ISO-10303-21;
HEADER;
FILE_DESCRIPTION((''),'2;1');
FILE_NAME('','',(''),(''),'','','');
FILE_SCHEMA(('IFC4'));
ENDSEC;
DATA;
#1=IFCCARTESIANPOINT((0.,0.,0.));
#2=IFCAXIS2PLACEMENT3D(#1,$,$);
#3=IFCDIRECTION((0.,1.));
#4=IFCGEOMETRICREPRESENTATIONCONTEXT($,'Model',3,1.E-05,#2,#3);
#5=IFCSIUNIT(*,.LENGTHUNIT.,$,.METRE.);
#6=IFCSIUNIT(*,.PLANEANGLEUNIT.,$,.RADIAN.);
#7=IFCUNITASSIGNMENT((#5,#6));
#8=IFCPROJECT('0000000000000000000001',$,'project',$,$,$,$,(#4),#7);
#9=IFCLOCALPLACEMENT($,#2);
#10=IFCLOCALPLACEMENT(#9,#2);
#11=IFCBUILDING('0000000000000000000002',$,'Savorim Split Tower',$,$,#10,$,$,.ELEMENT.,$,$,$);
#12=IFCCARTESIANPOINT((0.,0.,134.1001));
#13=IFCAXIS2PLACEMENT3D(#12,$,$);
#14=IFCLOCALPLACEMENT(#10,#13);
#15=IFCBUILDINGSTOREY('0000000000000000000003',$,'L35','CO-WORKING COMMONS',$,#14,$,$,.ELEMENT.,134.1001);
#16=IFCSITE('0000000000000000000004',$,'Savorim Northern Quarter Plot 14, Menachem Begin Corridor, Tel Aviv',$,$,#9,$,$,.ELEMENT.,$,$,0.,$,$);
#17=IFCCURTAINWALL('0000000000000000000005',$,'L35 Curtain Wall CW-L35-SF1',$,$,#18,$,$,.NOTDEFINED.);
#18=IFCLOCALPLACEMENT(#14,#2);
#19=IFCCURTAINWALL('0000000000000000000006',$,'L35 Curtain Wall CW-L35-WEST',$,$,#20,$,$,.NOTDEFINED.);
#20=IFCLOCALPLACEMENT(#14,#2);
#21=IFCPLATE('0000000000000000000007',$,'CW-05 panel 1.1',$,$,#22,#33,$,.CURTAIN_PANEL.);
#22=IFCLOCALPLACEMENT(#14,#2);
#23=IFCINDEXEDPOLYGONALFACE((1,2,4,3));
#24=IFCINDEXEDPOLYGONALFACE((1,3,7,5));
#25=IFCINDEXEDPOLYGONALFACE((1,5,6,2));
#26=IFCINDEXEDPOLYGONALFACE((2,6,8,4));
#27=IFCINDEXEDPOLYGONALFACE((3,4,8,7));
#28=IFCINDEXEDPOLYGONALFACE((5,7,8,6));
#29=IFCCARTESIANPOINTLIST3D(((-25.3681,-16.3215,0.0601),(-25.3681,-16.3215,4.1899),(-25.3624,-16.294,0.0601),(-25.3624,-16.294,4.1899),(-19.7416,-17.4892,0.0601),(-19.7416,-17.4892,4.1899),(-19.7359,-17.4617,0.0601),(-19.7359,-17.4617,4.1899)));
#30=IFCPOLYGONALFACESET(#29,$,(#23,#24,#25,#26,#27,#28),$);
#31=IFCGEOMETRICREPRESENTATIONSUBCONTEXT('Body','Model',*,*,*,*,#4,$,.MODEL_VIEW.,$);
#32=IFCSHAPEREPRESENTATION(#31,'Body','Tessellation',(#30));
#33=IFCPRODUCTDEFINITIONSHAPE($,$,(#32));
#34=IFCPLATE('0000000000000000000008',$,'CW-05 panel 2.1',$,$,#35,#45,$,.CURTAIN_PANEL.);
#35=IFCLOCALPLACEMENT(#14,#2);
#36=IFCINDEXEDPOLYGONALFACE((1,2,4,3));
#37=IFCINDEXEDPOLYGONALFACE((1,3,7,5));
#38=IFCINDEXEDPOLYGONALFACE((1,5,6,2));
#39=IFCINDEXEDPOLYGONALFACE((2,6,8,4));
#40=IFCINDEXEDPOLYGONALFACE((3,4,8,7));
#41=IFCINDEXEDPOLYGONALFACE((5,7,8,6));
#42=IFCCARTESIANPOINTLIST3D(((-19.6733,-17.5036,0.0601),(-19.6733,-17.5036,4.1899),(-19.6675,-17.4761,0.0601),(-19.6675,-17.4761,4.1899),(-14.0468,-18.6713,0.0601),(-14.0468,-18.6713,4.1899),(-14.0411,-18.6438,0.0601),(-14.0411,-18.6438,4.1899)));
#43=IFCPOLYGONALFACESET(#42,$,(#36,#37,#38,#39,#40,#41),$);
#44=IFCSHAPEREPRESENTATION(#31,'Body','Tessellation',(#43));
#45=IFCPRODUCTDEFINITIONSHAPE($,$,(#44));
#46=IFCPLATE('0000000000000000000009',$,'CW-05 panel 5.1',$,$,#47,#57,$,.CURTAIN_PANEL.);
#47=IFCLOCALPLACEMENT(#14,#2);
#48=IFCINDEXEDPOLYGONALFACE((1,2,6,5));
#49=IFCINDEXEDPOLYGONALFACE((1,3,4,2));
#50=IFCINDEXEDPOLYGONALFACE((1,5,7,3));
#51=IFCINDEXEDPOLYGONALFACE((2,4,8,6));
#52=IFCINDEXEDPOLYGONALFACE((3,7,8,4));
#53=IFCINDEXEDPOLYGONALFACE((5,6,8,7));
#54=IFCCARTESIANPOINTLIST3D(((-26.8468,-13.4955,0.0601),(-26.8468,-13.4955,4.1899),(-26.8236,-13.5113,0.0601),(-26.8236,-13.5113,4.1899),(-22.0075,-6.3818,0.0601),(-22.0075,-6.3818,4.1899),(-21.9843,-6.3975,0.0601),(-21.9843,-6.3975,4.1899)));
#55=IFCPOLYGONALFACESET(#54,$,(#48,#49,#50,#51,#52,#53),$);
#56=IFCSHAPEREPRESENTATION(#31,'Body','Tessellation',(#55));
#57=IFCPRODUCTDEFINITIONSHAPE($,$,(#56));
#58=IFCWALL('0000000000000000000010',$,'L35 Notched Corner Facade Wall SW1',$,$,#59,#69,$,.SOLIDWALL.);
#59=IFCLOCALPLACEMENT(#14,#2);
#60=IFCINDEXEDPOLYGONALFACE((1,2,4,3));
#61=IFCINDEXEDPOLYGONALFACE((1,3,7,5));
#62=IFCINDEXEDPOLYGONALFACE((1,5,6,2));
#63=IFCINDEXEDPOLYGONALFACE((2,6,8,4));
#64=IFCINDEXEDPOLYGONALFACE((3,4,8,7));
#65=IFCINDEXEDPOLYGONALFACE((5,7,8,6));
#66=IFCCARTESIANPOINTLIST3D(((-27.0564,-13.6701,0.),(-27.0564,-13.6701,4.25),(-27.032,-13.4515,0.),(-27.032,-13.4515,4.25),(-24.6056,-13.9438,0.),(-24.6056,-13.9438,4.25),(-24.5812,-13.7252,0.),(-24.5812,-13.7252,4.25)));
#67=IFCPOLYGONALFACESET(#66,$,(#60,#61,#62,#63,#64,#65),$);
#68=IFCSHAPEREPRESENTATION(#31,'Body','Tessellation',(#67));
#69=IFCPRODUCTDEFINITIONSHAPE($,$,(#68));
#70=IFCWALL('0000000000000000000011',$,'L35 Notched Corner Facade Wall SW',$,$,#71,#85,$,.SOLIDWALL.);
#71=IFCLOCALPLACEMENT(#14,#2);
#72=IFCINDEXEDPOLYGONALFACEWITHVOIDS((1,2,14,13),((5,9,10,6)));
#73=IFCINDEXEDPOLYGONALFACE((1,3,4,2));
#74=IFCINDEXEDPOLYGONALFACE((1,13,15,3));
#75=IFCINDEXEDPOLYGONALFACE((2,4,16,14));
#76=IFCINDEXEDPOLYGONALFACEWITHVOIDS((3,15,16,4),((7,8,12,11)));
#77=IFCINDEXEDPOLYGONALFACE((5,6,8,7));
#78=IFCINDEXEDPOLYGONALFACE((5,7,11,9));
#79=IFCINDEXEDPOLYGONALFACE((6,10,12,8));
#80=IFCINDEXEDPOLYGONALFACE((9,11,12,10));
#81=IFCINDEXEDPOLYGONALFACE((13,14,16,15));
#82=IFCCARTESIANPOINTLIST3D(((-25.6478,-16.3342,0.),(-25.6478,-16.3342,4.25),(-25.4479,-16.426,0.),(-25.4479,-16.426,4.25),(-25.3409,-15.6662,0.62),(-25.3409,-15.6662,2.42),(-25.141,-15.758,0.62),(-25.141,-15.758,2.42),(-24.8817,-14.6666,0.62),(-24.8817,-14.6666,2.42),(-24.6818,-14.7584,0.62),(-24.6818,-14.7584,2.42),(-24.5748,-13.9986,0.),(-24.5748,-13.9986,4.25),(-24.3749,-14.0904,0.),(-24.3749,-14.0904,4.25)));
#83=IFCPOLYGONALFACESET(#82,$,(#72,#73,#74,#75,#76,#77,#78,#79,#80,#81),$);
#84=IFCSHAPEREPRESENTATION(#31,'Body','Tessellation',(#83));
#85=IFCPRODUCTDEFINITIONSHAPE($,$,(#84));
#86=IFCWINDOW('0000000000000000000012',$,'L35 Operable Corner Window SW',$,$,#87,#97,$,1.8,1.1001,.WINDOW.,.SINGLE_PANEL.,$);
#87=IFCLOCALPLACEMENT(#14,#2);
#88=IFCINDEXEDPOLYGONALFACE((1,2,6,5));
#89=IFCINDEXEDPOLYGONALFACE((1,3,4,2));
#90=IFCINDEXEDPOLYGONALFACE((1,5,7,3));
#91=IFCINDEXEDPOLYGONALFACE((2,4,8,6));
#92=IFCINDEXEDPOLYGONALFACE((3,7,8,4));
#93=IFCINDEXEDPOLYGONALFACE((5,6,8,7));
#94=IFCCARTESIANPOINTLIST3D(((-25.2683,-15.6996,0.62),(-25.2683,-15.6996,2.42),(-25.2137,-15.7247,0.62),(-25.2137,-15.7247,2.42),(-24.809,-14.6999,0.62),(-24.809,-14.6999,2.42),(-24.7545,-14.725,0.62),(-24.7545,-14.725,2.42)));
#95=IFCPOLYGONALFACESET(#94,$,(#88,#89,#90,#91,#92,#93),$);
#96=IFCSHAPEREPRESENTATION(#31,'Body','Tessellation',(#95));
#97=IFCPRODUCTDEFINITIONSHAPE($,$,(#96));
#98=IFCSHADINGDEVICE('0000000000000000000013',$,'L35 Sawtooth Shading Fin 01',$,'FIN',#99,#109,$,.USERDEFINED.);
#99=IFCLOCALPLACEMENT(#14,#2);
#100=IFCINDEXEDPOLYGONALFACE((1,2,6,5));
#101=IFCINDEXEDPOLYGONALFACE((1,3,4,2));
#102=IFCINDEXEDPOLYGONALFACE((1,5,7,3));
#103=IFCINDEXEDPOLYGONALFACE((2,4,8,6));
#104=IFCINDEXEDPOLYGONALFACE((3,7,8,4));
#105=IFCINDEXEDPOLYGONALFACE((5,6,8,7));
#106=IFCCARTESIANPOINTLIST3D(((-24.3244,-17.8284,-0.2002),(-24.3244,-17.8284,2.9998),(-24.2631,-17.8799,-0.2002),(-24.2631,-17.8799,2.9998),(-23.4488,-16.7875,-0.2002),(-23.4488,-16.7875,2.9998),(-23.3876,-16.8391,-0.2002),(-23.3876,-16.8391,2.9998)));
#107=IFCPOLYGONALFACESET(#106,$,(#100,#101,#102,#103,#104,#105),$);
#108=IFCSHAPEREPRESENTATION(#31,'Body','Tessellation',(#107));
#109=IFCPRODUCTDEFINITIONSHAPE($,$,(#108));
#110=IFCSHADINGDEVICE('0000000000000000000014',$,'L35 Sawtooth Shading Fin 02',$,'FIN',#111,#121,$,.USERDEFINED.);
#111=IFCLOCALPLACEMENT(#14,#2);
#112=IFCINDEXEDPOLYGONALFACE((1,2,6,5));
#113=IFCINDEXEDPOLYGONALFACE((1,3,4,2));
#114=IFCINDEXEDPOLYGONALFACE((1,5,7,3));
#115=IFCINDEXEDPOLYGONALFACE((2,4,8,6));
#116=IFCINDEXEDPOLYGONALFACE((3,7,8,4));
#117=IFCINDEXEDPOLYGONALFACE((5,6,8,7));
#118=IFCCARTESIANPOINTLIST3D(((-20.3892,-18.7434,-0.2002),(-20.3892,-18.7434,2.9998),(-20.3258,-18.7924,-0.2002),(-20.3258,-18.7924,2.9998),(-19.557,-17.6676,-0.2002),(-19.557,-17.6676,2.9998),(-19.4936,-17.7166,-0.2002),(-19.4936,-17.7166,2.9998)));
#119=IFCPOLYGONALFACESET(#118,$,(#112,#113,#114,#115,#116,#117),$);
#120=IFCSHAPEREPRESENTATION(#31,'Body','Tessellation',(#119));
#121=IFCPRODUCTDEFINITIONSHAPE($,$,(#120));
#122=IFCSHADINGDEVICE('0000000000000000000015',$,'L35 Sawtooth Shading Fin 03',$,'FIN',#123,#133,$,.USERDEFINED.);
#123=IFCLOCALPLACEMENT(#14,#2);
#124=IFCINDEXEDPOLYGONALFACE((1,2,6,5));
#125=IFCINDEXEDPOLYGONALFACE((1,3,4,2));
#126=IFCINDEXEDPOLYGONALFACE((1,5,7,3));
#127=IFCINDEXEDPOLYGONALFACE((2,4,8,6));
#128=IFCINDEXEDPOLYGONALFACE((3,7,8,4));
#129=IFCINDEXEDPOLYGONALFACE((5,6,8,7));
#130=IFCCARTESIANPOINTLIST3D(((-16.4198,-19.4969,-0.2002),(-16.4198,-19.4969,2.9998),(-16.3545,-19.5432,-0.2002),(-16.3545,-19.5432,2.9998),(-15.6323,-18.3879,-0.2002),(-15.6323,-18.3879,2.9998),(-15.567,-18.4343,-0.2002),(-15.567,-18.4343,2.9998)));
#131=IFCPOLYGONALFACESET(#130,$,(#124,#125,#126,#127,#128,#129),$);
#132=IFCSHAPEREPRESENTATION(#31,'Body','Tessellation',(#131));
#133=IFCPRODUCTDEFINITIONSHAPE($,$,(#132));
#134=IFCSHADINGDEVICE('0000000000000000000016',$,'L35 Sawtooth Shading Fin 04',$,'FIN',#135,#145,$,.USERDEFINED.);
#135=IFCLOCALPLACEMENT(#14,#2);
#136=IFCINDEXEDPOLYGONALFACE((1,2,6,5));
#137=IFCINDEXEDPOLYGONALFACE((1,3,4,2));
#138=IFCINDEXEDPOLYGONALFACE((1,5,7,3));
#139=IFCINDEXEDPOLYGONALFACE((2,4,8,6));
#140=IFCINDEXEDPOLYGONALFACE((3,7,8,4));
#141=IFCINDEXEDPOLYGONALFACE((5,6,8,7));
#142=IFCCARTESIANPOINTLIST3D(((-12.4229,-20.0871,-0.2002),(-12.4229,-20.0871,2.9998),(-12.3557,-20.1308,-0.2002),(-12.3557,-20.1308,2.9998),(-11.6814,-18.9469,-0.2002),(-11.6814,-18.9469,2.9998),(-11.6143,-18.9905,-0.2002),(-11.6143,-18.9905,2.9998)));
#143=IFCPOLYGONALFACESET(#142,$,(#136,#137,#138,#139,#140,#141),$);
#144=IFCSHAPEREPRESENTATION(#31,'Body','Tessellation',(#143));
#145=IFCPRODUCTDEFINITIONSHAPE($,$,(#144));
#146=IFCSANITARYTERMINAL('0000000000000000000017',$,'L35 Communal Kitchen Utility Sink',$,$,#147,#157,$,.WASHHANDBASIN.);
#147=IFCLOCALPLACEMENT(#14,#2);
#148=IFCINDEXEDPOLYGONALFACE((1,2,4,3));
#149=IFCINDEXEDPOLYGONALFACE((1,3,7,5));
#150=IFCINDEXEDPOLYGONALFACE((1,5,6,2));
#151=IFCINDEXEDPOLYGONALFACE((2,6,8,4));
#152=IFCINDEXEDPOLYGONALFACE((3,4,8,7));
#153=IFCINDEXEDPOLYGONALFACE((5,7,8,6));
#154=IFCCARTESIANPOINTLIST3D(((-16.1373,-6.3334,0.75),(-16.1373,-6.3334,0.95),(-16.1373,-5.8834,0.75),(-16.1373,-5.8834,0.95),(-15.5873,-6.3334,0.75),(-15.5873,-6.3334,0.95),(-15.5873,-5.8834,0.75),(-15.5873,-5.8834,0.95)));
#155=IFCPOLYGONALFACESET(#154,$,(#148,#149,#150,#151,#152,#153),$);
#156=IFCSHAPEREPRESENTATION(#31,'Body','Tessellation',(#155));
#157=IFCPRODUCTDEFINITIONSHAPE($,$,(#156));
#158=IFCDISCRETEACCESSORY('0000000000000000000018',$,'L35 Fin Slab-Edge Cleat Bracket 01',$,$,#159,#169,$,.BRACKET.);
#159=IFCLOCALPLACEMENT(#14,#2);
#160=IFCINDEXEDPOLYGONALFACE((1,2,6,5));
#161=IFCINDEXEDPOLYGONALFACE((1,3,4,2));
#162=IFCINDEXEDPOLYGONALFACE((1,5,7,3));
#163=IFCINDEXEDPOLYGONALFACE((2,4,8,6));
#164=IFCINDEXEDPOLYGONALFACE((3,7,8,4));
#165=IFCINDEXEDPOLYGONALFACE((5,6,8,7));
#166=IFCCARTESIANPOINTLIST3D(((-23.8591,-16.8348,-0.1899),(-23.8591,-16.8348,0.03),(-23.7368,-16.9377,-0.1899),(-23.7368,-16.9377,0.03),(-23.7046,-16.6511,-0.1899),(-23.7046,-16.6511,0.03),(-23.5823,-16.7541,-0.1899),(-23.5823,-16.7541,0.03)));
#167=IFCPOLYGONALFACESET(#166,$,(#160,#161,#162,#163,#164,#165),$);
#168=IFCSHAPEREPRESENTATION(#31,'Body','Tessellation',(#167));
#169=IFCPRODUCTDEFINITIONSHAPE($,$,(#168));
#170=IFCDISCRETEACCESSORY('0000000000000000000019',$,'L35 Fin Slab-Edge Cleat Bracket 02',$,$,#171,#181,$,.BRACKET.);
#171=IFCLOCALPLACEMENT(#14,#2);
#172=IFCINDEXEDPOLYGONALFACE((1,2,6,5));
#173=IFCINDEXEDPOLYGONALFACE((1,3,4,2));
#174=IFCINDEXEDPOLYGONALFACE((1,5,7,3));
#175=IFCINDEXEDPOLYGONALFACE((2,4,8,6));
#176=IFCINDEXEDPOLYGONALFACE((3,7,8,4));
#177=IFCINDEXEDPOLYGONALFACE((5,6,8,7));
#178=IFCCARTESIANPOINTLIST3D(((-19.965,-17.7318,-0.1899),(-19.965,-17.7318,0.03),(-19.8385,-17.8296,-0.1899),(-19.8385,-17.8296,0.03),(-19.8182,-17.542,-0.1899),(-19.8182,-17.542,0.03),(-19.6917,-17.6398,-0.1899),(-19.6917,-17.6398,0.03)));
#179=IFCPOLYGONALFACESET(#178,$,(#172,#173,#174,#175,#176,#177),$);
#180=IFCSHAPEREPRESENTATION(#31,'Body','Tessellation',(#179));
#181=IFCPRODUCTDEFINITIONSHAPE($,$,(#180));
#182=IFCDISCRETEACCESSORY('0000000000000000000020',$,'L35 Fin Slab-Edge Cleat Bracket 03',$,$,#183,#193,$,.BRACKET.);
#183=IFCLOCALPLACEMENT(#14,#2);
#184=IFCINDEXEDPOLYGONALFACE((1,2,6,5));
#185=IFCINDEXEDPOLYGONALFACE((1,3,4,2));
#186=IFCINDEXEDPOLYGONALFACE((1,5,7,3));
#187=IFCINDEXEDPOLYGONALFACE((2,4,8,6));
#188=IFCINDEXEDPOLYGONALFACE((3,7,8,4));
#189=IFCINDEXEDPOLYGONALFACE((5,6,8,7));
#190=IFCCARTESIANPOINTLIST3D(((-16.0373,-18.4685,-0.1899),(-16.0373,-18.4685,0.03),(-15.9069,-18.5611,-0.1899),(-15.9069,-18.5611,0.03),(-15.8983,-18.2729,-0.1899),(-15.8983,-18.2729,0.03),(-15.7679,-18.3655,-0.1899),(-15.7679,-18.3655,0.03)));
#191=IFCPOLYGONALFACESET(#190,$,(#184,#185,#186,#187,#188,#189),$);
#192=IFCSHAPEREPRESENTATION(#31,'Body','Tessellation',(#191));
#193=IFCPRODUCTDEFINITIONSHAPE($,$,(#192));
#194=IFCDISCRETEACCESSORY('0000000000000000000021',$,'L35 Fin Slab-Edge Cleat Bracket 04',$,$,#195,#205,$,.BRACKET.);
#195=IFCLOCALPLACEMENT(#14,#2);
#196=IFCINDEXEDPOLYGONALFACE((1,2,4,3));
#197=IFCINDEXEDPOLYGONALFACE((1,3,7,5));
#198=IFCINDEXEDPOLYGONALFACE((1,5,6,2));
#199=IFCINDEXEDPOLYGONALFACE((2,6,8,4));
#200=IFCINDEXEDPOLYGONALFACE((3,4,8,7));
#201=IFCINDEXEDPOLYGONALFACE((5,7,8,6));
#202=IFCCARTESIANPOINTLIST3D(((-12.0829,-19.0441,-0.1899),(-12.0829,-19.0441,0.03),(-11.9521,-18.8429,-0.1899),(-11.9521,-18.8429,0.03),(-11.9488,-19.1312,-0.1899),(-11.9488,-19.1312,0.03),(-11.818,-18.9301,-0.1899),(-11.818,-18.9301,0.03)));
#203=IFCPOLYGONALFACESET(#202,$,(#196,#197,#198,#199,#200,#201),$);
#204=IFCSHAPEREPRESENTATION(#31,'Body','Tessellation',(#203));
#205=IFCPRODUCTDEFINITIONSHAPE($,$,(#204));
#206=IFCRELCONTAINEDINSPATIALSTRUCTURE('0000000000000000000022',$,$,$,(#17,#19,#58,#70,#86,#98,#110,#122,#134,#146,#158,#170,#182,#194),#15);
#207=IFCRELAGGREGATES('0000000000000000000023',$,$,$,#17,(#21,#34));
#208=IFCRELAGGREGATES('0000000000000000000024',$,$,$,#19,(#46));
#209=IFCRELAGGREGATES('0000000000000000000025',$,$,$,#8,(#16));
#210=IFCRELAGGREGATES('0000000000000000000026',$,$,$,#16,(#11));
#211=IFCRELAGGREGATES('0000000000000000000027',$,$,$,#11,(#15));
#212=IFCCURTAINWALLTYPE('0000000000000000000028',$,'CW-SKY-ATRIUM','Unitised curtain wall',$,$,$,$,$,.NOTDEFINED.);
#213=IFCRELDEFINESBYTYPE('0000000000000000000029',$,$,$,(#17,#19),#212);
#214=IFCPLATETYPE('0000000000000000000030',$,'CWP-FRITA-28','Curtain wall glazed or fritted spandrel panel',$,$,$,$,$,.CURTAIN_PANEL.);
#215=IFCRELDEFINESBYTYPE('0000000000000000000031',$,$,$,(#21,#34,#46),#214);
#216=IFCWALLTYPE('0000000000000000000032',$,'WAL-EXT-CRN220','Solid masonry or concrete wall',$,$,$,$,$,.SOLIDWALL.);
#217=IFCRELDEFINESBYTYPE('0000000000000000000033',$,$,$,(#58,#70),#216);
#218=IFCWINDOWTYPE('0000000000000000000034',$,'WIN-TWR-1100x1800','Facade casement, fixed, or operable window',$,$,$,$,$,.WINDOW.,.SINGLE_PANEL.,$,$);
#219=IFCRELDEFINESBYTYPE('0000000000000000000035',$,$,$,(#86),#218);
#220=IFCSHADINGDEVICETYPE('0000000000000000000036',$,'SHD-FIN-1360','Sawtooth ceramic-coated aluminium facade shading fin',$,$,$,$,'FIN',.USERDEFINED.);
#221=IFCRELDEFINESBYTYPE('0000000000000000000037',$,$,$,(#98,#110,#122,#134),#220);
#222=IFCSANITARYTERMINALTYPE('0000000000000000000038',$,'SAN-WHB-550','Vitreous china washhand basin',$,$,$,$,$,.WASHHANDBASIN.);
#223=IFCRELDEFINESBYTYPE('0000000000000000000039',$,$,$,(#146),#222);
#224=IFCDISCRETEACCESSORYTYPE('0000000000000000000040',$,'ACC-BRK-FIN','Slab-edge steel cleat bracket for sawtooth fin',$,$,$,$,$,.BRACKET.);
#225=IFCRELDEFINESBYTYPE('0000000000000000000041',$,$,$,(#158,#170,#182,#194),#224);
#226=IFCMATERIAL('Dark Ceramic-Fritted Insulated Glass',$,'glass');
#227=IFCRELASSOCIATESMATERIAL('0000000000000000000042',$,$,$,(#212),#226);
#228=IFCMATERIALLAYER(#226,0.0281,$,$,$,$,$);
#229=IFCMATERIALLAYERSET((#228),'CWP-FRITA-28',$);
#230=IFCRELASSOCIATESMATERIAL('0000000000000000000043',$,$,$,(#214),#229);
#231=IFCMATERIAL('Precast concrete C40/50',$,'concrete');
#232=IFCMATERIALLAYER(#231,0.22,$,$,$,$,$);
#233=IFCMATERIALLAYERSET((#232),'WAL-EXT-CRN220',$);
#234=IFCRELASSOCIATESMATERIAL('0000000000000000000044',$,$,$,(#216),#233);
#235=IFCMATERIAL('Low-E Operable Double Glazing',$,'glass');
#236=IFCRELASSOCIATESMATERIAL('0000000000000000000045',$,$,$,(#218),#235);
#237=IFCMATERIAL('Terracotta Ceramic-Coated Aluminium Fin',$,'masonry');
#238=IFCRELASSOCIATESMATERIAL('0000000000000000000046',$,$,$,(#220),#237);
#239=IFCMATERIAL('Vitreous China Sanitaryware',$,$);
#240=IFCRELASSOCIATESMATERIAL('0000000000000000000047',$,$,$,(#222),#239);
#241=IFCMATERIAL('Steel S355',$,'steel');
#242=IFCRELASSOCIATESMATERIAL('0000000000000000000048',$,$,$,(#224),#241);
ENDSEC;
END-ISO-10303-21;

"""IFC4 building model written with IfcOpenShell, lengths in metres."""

from ifc_helpers import new_model, si_unit, direction, frame, frame_2d, origin, origin_2d, place, context, subcontext, project, spatial, rectangle, extrude, material, layer, layer_set, type_object, element, fill, aggregate, save


model = new_model("IFC4")

# Units and contexts
model_context = context("Model", 3, precision=1e-05, world=origin(), true_north=direction((0.0, 1.0)))
body_context = subcontext(model_context, "Body", "Model", "MODEL_VIEW")
ifc_project = project(units=[si_unit("LENGTHUNIT", "METRE"), si_unit("PLANEANGLEUNIT", "RADIAN")], contexts=[model_context])

# Site, building, storey
site_placement = place(None, origin())
site = spatial("IfcSite", under=ifc_project, at=site_placement, Name="Savorim Northern Quarter Plot 14, Menachem Begin Corridor, Tel Aviv", CompositionType="ELEMENT", RefElevation=0.0)
building_placement = place(site_placement, origin())
building = spatial("IfcBuilding", under=site, at=building_placement, Name="Savorim Split Tower", CompositionType="ELEMENT")
storey_placement = place(building_placement, frame((0.0, 0.0, 134.1001)))
storey = spatial("IfcBuildingStorey", under=building, at=storey_placement, Name="L35", Description="CO-WORKING COMMONS", CompositionType="ELEMENT", Elevation=134.1001)

# Shared definitions
ifc_material_1 = material(Name="Steel S355", Category="steel")

# Curtain wall
ifc_material_2 = material(Name="Dark Ceramic-Fritted Insulated Glass", Category="glass")
curtain_wall_type = type_object("IfcCurtainWallType", Name="CW-SKY-ATRIUM", Description="Unitised curtain wall", PredefinedType="NOTDEFINED", material=ifc_material_2)
curtain_wall_1_placement = place(storey_placement, origin())
curtain_wall_1 = element("IfcCurtainWall", 1, at=curtain_wall_1_placement, inside=storey, type_object=curtain_wall_type, Name="L35 Curtain Wall CW-L35-SF1", PredefinedType="NOTDEFINED")

# Curtain wall
curtain_wall_2_placement = place(storey_placement, origin())
curtain_wall_2 = element("IfcCurtainWall", 2, at=curtain_wall_2_placement, inside=storey, type_object=curtain_wall_type, Name="L35 Curtain Wall CW-L35-WEST", PredefinedType="NOTDEFINED")

# Plates
ifc_layer_1 = layer(ifc_material_2, 0.0281)
ifc_layer_set_1 = layer_set([ifc_layer_1], Name="CWP-FRITA-28")
plate_type = type_object("IfcPlateType", Name="CWP-FRITA-28", Description="Curtain wall glazed or fritted spandrel panel", PredefinedType="CURTAIN_PANEL", material=ifc_layer_set_1)
plate_1_placement = place(storey_placement, frame((-22.552, -16.8916, 0.0601), z_axis=(0.0, 0.0, 1.0), x_axis=(0.979135, -0.20321, 0.0)))
plate_1 = element("IfcPlate", 3, at=plate_1_placement, type_object=plate_type, Name="CW-05 panel 1.1", PredefinedType="CURTAIN_PANEL", context=body_context, shape_type="SweptSolid", body=[
    extrude(rectangle(XDim=5.7463, YDim=0.0281, at=origin_2d()), origin(), (0.0, 0.0, 1.0), 4.1299),
])
plate_2_placement = place(storey_placement, frame((-16.8572, -18.0737, 0.0601), z_axis=(0.0, 0.0, 1.0), x_axis=(0.979135, -0.20321, 0.0)))
plate_2 = element("IfcPlate", 4, at=plate_2_placement, type_object=plate_type, Name="CW-05 panel 2.1", PredefinedType="CURTAIN_PANEL", context=body_context, shape_type="SweptSolid", body=[
    extrude(rectangle(XDim=5.7463, YDim=0.0281, at=origin_2d()), origin(), (0.0, 0.0, 1.0), 4.1299),
])
aggregate(curtain_wall_1, [plate_1, plate_2])
plate_3_placement = place(storey_placement, frame((-24.4155, -9.9465, 0.0601), z_axis=(0.0, 0.0, 1.0), x_axis=(-0.562467, -0.82682, 0.0)))
plate_3 = element("IfcPlate", 5, at=plate_3_placement, type_object=plate_type, Name="CW-05 panel 5.1", PredefinedType="CURTAIN_PANEL", context=body_context, shape_type="SweptSolid", body=[
    extrude(rectangle(XDim=8.6038, YDim=0.0281, at=origin_2d()), origin(), (0.0, 0.0, 1.0), 4.1299),
])
aggregate(curtain_wall_2, [plate_3])

# Wall
ifc_material_3 = material(Name="Precast concrete C40/50", Category="concrete")
ifc_layer_2 = layer(ifc_material_3, 0.22)
ifc_layer_set_2 = layer_set([ifc_layer_2], Name="WAL-EXT-CRN220")
wall_type = type_object("IfcWallType", Name="WAL-EXT-CRN220", Description="Solid masonry or concrete wall", PredefinedType="SOLIDWALL", material=ifc_layer_set_2)
wall_1_placement = place(storey_placement, frame((-24.5935, -13.8345, 0.0), z_axis=(0.0, 0.0, 1.0), x_axis=(-0.993823, 0.110975, 0.0)))
element("IfcWall", 6, at=wall_1_placement, inside=storey, type_object=wall_type, Name="L35 Notched Corner Facade Wall SW1", PredefinedType="SOLIDWALL", context=body_context, shape_type="SweptSolid", body=[
    extrude(rectangle(XDim=2.4661, YDim=0.22, at=frame_2d((1.2329, 0.0))), origin(), (0.0, 0.0, 1.0), 4.25),
])

# Wall, opening, window
wall_2_placement = place(storey_placement, frame((-25.5479, -16.3801, 0.0), z_axis=(0.0, 0.0, 1.0), x_axis=(0.417449, 0.9087, 0.0)))
wall_2 = element("IfcWall", 7, at=wall_2_placement, inside=storey, type_object=wall_type, Name="L35 Notched Corner Facade Wall SW", PredefinedType="SOLIDWALL", context=body_context, shape_type="SweptSolid", body=[
    extrude(rectangle(XDim=2.5703, YDim=0.22, at=frame_2d((1.2852, 0.0))), origin(), (0.0, 0.0, 1.0), 4.25),
])
opening_placement = place(wall_2_placement, frame((0.7351, 0.0, 0.6201)))
opening = element("IfcOpeningElement", 8, at=opening_placement, cuts=wall_2, PredefinedType="OPENING", context=body_context, shape_type="SweptSolid", body=[
    extrude(rectangle(XDim=1.1001, YDim=1.8, at=frame_2d((0.55, 0.8999))), frame((0.0, 0.1199, 0.0), z_axis=(0.0, -1.0, 0.0), x_axis=(1.0, 0.0, 0.0)), (0.0, 0.0, 1.0), 0.24),
])
ifc_material_4 = material(Name="Low-E Operable Double Glazing", Category="glass")
window_type = type_object("IfcWindowType", Name="WIN-TWR-1100x1800", Description="Facade casement, fixed, or operable window", PartitioningType="SINGLE_PANEL", PredefinedType="WINDOW", material=ifc_material_4)
window_placement = place(opening_placement, origin())
window = element("IfcWindow", 9, at=window_placement, inside=storey, type_object=window_type, Name="L35 Operable Corner Window SW", OverallHeight=1.8, OverallWidth=1.1001, PartitioningType="SINGLE_PANEL", PredefinedType="WINDOW", context=body_context, shape_type="SweptSolid", body=[
    extrude(rectangle(XDim=1.1001, YDim=1.8, at=frame_2d((0.55, 0.8999))), frame((0.0, 0.03, 0.0), z_axis=(0.0, -1.0, 0.0), x_axis=(1.0, 0.0, 0.0)), (0.0, 0.0, 1.0), 0.0601),
])
fill(opening, window)

# Shading devices
ifc_material_5 = material(Name="Terracotta Ceramic-Coated Aluminium Fin", Category="masonry")
shading_device_type = type_object("IfcShadingDeviceType", Name="SHD-FIN-1360", Description="Sawtooth ceramic-coated aluminium facade shading fin", ElementType="FIN", PredefinedType="USERDEFINED", material=ifc_material_5)
for number, where, z_axis, x_axis, name in (
    (10, (-23.856, -17.3337, -0.2002), (0.0, 0.0, 1.0), (-0.643719, -0.765262, 0.0), "L35 Sawtooth Shading Fin 01"),
    (11, (-19.9414, -18.23, -0.2002), (0.0, 0.0, 1.0), (-0.611868, -0.79096, 0.0), "L35 Sawtooth Shading Fin 02"),
    (12, (-15.9934, -18.9656, -0.2002), (0.0, 0.0, 1.0), (-0.578994, -0.815332, 0.0), "L35 Sawtooth Shading Fin 03"),
    (13, (-12.0186, -19.5388, -0.2002), (0.0, 0.0, 1.0), (-0.545148, -0.83834, 0.0), "L35 Sawtooth Shading Fin 04"),
):
    element("IfcShadingDevice", number, at=place(storey_placement, frame(where, z_axis=z_axis, x_axis=x_axis)), inside=storey, type_object=shading_device_type, Name=name, ObjectType="FIN", PredefinedType="USERDEFINED", context=body_context, shape_type="SweptSolid", body=[
        extrude(rectangle(XDim=1.3601, YDim=0.0801, at=origin_2d()), origin(), (0.0, 0.0, 1.0), 3.2),
    ])

# Sanitary terminal
ifc_material_6 = material(Name="Vitreous China Sanitaryware")
sanitary_terminal_type = type_object("IfcSanitaryTerminalType", Name="SAN-WHB-550", Description="Vitreous china washhand basin", PredefinedType="WASHHANDBASIN", material=ifc_material_6)
sanitary_terminal_placement = place(storey_placement, frame((-15.8623, -6.1084, 0.75), z_axis=(0.0, 0.0, 1.0), x_axis=(1.0, 0.0, 0.0)))
element("IfcSanitaryTerminal", 14, at=sanitary_terminal_placement, inside=storey, type_object=sanitary_terminal_type, Name="L35 Communal Kitchen Utility Sink", PredefinedType="WASHHANDBASIN", context=body_context, shape_type="SweptSolid", body=[
    extrude(rectangle(XDim=0.55, YDim=0.45, at=origin_2d()), origin(), (0.0, 0.0, 1.0), 0.2),
])

# Discrete accessories
discrete_accessory_type = type_object("IfcDiscreteAccessoryType", Name="ACC-BRK-FIN", Description="Slab-edge steel cleat bracket for sawtooth fin", PredefinedType="BRACKET", material=ifc_material_1)
for number, where, z_axis, x_axis, name in (
    (15, (-23.7207, -16.7944, -0.1899), (0.0, 0.0, 1.0), (-0.643719, -0.765262, 0.0), "L35 Fin Slab-Edge Cleat Bracket 01"),
    (16, (-19.8284, -17.6858, -0.1899), (0.0, 0.0, 1.0), (-0.611868, -0.79096, 0.0), "L35 Fin Slab-Edge Cleat Bracket 02"),
    (17, (-15.9026, -18.417, -0.1899), (0.0, 0.0, 1.0), (-0.578994, -0.815332, 0.0), "L35 Fin Slab-Edge Cleat Bracket 03"),
    (18, (-11.9504, -18.9871, -0.1899), (0.0, 0.0, 1.0), (-0.545148, -0.83834, 0.0), "L35 Fin Slab-Edge Cleat Bracket 04"),
):
    element("IfcDiscreteAccessory", number, at=place(storey_placement, frame(where, z_axis=z_axis, x_axis=x_axis)), inside=storey, type_object=discrete_accessory_type, Name=name, PredefinedType="BRACKET", context=body_context, shape_type="SweptSolid", body=[
        extrude(rectangle(XDim=0.24, YDim=0.1599, at=origin_2d()), origin(), (0.0, 0.0, 1.0), 0.22),
    ])

save(model, "model.ifc")
